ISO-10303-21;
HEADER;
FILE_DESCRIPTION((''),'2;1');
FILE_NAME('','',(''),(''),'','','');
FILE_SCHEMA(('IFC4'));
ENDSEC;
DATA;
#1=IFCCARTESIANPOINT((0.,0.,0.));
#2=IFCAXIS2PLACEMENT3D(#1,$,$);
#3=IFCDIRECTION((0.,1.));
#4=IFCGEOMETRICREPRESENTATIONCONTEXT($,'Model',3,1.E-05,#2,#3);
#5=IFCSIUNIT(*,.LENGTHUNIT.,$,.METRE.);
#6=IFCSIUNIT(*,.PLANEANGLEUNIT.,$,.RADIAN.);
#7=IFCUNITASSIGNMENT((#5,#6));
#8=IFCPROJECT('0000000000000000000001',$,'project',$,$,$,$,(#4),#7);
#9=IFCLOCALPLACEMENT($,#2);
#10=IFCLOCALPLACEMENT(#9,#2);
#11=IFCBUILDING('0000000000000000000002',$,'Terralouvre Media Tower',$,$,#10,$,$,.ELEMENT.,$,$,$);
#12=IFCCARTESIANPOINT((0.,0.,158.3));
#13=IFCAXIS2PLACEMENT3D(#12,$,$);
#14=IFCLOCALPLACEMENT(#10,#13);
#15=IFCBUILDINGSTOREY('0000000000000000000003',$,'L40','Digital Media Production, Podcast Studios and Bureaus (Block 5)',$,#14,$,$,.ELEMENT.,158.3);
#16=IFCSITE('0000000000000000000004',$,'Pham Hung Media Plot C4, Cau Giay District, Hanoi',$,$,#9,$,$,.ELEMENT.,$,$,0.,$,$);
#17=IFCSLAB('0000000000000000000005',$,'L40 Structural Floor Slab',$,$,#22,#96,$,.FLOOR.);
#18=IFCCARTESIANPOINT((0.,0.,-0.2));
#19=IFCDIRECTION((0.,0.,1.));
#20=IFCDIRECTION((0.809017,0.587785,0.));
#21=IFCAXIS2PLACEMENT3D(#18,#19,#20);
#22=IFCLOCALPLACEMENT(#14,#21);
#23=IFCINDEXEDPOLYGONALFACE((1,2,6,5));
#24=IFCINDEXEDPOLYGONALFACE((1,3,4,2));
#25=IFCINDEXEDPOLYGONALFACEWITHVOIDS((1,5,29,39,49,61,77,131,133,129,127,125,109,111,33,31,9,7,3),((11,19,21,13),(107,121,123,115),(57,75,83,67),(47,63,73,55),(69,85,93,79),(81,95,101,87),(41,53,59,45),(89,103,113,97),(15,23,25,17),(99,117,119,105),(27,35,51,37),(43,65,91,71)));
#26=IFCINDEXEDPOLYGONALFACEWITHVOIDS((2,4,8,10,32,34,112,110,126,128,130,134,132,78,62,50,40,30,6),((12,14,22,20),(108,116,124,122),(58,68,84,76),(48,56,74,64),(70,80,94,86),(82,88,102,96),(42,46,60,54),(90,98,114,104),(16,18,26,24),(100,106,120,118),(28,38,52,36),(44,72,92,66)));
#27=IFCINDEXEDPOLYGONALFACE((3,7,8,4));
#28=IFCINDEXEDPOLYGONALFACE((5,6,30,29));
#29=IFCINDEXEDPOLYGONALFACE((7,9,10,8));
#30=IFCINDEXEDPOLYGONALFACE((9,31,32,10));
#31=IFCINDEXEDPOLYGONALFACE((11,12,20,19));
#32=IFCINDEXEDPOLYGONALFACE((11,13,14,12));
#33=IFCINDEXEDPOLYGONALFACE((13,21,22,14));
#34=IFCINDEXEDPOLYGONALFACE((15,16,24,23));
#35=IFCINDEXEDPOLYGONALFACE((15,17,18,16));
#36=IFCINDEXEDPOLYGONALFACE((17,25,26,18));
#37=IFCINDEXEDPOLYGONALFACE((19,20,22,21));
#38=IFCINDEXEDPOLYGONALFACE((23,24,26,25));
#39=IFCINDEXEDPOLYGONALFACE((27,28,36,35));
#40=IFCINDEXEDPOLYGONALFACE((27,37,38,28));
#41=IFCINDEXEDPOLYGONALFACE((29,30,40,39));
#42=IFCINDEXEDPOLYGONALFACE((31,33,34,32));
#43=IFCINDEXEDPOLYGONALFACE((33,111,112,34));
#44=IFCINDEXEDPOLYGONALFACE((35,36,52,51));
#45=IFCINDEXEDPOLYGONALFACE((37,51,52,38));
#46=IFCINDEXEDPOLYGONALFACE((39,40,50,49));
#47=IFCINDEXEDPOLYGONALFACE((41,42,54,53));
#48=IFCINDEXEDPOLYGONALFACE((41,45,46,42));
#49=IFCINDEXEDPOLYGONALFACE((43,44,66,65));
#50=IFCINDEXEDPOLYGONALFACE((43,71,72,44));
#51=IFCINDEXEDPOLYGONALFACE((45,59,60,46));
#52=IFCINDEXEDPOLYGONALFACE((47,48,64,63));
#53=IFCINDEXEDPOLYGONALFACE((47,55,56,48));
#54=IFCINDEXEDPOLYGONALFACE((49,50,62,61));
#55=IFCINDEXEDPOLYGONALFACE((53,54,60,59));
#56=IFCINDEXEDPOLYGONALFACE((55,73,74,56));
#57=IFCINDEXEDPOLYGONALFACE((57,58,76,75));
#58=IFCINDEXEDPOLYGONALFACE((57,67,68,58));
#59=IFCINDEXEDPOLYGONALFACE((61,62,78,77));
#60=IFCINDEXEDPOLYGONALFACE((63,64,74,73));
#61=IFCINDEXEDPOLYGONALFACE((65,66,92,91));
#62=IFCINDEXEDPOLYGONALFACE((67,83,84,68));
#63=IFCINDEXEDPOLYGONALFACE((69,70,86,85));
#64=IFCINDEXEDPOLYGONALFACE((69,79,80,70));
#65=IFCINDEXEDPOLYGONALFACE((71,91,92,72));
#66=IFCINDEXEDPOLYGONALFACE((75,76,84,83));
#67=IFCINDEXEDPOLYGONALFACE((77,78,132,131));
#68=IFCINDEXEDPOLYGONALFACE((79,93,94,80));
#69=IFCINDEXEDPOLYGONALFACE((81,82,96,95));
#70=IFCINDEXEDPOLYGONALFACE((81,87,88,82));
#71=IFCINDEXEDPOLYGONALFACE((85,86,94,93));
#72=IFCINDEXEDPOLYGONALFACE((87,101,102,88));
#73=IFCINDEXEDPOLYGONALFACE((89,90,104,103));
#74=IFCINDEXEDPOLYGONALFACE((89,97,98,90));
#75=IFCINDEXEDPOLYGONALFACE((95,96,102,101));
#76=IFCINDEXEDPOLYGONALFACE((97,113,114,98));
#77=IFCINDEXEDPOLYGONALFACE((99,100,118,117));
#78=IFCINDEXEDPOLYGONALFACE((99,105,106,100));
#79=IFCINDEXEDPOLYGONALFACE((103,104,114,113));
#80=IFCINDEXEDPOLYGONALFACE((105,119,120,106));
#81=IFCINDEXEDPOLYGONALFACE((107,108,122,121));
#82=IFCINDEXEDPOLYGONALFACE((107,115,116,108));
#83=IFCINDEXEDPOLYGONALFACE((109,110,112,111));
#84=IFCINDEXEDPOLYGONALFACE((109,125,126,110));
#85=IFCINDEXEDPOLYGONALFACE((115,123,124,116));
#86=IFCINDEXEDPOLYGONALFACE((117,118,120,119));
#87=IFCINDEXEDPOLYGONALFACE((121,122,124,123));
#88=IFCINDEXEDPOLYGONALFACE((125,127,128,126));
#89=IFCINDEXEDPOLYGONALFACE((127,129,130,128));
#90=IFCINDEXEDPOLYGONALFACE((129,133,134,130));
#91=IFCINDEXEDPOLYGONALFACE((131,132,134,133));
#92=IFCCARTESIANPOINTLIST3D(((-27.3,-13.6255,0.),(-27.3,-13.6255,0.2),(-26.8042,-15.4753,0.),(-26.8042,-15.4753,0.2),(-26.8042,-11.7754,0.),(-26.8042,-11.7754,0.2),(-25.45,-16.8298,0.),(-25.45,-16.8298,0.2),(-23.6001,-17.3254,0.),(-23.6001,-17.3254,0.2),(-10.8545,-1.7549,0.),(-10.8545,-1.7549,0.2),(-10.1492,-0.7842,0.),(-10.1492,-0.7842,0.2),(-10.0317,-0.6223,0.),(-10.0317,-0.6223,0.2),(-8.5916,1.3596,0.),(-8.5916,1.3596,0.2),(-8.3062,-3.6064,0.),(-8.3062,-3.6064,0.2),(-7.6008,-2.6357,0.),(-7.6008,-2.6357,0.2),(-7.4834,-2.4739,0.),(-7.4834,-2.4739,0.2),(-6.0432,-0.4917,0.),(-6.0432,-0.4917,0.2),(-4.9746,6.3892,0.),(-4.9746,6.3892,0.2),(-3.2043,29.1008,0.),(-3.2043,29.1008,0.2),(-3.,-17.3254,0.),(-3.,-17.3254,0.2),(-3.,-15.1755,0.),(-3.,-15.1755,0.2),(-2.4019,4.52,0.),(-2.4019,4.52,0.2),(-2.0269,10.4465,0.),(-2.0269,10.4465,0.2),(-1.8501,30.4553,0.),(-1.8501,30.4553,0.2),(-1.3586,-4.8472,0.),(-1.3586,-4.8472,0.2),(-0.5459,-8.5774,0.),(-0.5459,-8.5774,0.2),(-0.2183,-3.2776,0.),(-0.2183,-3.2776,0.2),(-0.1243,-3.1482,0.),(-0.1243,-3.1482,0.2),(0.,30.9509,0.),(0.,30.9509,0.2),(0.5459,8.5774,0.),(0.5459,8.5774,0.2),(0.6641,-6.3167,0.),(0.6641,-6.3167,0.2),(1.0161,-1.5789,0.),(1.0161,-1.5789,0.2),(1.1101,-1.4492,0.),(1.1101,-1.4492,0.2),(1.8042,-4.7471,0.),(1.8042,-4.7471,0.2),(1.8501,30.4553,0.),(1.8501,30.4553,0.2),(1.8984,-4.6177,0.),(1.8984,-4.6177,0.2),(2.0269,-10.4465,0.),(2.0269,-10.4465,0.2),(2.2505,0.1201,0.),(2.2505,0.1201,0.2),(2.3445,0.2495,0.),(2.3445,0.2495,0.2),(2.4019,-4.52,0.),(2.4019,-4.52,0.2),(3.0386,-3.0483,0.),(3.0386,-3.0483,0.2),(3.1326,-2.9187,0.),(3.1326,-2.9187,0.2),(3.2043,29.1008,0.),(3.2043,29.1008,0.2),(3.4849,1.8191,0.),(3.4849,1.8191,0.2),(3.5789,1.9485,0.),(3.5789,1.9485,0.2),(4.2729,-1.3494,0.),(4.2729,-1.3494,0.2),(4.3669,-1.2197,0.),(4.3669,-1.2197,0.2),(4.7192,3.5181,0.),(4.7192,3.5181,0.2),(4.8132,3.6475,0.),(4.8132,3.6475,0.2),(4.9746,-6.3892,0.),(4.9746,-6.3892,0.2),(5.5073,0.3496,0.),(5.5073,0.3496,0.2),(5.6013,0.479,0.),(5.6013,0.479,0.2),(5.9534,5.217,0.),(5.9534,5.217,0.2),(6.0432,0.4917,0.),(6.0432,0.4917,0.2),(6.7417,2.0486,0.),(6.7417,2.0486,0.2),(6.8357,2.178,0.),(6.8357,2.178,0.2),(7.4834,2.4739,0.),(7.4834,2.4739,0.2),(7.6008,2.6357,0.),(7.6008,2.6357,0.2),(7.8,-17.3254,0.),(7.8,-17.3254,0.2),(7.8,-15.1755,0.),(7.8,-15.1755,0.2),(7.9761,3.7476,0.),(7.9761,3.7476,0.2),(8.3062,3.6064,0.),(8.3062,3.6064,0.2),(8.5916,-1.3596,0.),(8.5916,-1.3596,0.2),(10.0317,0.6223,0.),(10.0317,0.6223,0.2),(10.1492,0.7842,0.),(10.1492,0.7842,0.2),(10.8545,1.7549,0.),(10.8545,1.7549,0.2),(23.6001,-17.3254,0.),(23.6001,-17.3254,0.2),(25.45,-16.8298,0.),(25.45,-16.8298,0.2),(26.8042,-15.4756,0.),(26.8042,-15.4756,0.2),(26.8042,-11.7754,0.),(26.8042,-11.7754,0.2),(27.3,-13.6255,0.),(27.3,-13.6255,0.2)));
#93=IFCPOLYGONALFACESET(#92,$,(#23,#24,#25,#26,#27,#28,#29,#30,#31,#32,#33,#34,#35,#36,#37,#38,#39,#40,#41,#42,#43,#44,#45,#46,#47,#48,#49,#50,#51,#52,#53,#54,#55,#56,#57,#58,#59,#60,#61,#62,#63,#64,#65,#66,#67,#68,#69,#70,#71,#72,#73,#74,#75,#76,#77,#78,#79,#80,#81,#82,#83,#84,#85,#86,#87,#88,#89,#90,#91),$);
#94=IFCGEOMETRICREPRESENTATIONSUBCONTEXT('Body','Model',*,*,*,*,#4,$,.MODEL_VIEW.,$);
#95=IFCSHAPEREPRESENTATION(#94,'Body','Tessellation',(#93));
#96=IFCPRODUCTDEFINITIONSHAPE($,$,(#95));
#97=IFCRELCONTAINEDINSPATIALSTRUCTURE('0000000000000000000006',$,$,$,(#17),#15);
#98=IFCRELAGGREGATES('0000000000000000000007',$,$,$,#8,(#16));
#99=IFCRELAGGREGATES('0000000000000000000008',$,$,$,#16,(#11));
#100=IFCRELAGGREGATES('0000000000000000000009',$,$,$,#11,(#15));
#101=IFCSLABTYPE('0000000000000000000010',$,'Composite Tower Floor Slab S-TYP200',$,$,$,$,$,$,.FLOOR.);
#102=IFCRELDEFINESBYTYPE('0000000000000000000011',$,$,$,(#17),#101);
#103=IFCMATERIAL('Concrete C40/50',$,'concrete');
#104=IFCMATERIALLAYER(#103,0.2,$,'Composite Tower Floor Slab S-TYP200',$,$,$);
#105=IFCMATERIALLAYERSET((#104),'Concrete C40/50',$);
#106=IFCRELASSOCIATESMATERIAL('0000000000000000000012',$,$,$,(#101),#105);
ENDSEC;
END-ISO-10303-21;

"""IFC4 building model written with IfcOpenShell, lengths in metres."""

from ifc_helpers import new_model, si_unit, direction, frame, origin, place, context, subcontext, project, spatial, polyline, outline, extrude, material, layer, layer_set, type_object, element, save


model = new_model("IFC4")

# Units and contexts
model_context = context("Model", 3, precision=1e-05, world=origin(), true_north=direction((0.0, 1.0)))
body_context = subcontext(model_context, "Body", "Model", "MODEL_VIEW")
ifc_project = project(units=[si_unit("LENGTHUNIT", "METRE"), si_unit("PLANEANGLEUNIT", "RADIAN")], contexts=[model_context])

# Site, building, storey
site_placement = place(None, origin())
site = spatial("IfcSite", under=ifc_project, at=site_placement, Name="Pham Hung Media Plot C4, Cau Giay District, Hanoi", CompositionType="ELEMENT", RefElevation=0.0)
building_placement = place(site_placement, origin())
building = spatial("IfcBuilding", under=site, at=building_placement, Name="Terralouvre Media Tower", CompositionType="ELEMENT")
storey_placement = place(building_placement, frame((0.0, 0.0, 158.3)))
storey = spatial("IfcBuildingStorey", under=building, at=storey_placement, Name="L40", Description="Digital Media Production, Podcast Studios and Bureaus (Block 5)", CompositionType="ELEMENT", Elevation=158.3)

# Slab
ifc_material_1 = material(Name="Concrete C40/50", Category="concrete")
ifc_layer_1 = layer(ifc_material_1, 0.2, Name="Composite Tower Floor Slab S-TYP200")
ifc_layer_set_1 = layer_set([ifc_layer_1], Name="Concrete C40/50")
slab_type = type_object("IfcSlabType", Name="Composite Tower Floor Slab S-TYP200", PredefinedType="FLOOR", material=ifc_layer_set_1)
slab_placement = place(storey_placement, frame((0.0, 0.0, -0.2), z_axis=(0.0, 0.0, 1.0), x_axis=(0.809017, 0.587785, 0.0)))
element("IfcSlab", 1, at=slab_placement, inside=storey, type_object=slab_type, Name="L40 Structural Floor Slab", PredefinedType="FLOOR", context=body_context, shape_type="SweptSolid", body=[
    extrude(outline(polyline([(-23.6001, -17.3254), (-3.0, -17.3254), (-3.0, -15.1755), (7.8, -15.1755), (7.8, -17.3254), (23.6001, -17.3254), (25.45, -16.8298), (26.8042, -15.4756), (27.3, -13.6255), (26.8042, -11.7754), (3.2043, 29.1008), (1.8501, 30.4553), (0.0, 30.9509), (-1.8501, 30.4553), (-3.2043, 29.1008), (-26.8042, -11.7754), (-27.3, -13.6255), (-26.8042, -15.4753), (-25.45, -16.8298), (-23.6001, -17.3254)]), holes=[polyline([(-7.6008, -2.6357), (-8.3062, -3.6064), (-10.8545, -1.7549), (-10.1492, -0.7842), (-7.6008, -2.6357)]), polyline([(-7.4834, -2.4739), (-10.0317, -0.6223), (-8.5916, 1.3596), (-6.0432, -0.4917), (-7.4834, -2.4739)]), polyline([(4.3669, -1.2197), (2.3445, 0.2495), (3.4849, 1.8191), (5.5073, 0.3496), (4.3669, -1.2197)]), polyline([(6.7417, 2.0486), (5.6013, 0.479), (3.5789, 1.9485), (4.7192, 3.5181), (6.7417, 2.0486)]), polyline([(-2.4019, 4.52), (-4.9746, 6.3892), (-2.0269, 10.4465), (0.5459, 8.5774), (-2.4019, 4.52)]), polyline([(6.8357, 2.178), (4.8132, 3.6475), (5.9534, 5.217), (7.9761, 3.7476), (6.8357, 2.178)]), polyline([(-0.5459, -8.5774), (2.4019, -4.52), (4.9746, -6.3892), (2.0269, -10.4465), (-0.5459, -8.5774)]), polyline([(0.6641, -6.3167), (-1.3586, -4.8472), (-0.2183, -3.2776), (1.8042, -4.7471), (0.6641, -6.3167)]), polyline([(1.8984, -4.6177), (-0.1243, -3.1482), (1.0161, -1.5789), (3.0386, -3.0483), (1.8984, -4.6177)]), polyline([(4.2729, -1.3494), (3.1326, -2.9187), (1.1101, -1.4492), (2.2505, 0.1201), (4.2729, -1.3494)]), polyline([(8.5916, -1.3596), (6.0432, 0.4917), (7.4834, 2.4739), (10.0317, 0.6223), (8.5916, -1.3596)]), polyline([(10.1492, 0.7842), (7.6008, 2.6357), (8.3062, 3.6064), (10.8545, 1.7549), (10.1492, 0.7842)])]), origin(), (0.0, 0.0, 1.0), 0.2),
])

save(model, "model.ifc")
